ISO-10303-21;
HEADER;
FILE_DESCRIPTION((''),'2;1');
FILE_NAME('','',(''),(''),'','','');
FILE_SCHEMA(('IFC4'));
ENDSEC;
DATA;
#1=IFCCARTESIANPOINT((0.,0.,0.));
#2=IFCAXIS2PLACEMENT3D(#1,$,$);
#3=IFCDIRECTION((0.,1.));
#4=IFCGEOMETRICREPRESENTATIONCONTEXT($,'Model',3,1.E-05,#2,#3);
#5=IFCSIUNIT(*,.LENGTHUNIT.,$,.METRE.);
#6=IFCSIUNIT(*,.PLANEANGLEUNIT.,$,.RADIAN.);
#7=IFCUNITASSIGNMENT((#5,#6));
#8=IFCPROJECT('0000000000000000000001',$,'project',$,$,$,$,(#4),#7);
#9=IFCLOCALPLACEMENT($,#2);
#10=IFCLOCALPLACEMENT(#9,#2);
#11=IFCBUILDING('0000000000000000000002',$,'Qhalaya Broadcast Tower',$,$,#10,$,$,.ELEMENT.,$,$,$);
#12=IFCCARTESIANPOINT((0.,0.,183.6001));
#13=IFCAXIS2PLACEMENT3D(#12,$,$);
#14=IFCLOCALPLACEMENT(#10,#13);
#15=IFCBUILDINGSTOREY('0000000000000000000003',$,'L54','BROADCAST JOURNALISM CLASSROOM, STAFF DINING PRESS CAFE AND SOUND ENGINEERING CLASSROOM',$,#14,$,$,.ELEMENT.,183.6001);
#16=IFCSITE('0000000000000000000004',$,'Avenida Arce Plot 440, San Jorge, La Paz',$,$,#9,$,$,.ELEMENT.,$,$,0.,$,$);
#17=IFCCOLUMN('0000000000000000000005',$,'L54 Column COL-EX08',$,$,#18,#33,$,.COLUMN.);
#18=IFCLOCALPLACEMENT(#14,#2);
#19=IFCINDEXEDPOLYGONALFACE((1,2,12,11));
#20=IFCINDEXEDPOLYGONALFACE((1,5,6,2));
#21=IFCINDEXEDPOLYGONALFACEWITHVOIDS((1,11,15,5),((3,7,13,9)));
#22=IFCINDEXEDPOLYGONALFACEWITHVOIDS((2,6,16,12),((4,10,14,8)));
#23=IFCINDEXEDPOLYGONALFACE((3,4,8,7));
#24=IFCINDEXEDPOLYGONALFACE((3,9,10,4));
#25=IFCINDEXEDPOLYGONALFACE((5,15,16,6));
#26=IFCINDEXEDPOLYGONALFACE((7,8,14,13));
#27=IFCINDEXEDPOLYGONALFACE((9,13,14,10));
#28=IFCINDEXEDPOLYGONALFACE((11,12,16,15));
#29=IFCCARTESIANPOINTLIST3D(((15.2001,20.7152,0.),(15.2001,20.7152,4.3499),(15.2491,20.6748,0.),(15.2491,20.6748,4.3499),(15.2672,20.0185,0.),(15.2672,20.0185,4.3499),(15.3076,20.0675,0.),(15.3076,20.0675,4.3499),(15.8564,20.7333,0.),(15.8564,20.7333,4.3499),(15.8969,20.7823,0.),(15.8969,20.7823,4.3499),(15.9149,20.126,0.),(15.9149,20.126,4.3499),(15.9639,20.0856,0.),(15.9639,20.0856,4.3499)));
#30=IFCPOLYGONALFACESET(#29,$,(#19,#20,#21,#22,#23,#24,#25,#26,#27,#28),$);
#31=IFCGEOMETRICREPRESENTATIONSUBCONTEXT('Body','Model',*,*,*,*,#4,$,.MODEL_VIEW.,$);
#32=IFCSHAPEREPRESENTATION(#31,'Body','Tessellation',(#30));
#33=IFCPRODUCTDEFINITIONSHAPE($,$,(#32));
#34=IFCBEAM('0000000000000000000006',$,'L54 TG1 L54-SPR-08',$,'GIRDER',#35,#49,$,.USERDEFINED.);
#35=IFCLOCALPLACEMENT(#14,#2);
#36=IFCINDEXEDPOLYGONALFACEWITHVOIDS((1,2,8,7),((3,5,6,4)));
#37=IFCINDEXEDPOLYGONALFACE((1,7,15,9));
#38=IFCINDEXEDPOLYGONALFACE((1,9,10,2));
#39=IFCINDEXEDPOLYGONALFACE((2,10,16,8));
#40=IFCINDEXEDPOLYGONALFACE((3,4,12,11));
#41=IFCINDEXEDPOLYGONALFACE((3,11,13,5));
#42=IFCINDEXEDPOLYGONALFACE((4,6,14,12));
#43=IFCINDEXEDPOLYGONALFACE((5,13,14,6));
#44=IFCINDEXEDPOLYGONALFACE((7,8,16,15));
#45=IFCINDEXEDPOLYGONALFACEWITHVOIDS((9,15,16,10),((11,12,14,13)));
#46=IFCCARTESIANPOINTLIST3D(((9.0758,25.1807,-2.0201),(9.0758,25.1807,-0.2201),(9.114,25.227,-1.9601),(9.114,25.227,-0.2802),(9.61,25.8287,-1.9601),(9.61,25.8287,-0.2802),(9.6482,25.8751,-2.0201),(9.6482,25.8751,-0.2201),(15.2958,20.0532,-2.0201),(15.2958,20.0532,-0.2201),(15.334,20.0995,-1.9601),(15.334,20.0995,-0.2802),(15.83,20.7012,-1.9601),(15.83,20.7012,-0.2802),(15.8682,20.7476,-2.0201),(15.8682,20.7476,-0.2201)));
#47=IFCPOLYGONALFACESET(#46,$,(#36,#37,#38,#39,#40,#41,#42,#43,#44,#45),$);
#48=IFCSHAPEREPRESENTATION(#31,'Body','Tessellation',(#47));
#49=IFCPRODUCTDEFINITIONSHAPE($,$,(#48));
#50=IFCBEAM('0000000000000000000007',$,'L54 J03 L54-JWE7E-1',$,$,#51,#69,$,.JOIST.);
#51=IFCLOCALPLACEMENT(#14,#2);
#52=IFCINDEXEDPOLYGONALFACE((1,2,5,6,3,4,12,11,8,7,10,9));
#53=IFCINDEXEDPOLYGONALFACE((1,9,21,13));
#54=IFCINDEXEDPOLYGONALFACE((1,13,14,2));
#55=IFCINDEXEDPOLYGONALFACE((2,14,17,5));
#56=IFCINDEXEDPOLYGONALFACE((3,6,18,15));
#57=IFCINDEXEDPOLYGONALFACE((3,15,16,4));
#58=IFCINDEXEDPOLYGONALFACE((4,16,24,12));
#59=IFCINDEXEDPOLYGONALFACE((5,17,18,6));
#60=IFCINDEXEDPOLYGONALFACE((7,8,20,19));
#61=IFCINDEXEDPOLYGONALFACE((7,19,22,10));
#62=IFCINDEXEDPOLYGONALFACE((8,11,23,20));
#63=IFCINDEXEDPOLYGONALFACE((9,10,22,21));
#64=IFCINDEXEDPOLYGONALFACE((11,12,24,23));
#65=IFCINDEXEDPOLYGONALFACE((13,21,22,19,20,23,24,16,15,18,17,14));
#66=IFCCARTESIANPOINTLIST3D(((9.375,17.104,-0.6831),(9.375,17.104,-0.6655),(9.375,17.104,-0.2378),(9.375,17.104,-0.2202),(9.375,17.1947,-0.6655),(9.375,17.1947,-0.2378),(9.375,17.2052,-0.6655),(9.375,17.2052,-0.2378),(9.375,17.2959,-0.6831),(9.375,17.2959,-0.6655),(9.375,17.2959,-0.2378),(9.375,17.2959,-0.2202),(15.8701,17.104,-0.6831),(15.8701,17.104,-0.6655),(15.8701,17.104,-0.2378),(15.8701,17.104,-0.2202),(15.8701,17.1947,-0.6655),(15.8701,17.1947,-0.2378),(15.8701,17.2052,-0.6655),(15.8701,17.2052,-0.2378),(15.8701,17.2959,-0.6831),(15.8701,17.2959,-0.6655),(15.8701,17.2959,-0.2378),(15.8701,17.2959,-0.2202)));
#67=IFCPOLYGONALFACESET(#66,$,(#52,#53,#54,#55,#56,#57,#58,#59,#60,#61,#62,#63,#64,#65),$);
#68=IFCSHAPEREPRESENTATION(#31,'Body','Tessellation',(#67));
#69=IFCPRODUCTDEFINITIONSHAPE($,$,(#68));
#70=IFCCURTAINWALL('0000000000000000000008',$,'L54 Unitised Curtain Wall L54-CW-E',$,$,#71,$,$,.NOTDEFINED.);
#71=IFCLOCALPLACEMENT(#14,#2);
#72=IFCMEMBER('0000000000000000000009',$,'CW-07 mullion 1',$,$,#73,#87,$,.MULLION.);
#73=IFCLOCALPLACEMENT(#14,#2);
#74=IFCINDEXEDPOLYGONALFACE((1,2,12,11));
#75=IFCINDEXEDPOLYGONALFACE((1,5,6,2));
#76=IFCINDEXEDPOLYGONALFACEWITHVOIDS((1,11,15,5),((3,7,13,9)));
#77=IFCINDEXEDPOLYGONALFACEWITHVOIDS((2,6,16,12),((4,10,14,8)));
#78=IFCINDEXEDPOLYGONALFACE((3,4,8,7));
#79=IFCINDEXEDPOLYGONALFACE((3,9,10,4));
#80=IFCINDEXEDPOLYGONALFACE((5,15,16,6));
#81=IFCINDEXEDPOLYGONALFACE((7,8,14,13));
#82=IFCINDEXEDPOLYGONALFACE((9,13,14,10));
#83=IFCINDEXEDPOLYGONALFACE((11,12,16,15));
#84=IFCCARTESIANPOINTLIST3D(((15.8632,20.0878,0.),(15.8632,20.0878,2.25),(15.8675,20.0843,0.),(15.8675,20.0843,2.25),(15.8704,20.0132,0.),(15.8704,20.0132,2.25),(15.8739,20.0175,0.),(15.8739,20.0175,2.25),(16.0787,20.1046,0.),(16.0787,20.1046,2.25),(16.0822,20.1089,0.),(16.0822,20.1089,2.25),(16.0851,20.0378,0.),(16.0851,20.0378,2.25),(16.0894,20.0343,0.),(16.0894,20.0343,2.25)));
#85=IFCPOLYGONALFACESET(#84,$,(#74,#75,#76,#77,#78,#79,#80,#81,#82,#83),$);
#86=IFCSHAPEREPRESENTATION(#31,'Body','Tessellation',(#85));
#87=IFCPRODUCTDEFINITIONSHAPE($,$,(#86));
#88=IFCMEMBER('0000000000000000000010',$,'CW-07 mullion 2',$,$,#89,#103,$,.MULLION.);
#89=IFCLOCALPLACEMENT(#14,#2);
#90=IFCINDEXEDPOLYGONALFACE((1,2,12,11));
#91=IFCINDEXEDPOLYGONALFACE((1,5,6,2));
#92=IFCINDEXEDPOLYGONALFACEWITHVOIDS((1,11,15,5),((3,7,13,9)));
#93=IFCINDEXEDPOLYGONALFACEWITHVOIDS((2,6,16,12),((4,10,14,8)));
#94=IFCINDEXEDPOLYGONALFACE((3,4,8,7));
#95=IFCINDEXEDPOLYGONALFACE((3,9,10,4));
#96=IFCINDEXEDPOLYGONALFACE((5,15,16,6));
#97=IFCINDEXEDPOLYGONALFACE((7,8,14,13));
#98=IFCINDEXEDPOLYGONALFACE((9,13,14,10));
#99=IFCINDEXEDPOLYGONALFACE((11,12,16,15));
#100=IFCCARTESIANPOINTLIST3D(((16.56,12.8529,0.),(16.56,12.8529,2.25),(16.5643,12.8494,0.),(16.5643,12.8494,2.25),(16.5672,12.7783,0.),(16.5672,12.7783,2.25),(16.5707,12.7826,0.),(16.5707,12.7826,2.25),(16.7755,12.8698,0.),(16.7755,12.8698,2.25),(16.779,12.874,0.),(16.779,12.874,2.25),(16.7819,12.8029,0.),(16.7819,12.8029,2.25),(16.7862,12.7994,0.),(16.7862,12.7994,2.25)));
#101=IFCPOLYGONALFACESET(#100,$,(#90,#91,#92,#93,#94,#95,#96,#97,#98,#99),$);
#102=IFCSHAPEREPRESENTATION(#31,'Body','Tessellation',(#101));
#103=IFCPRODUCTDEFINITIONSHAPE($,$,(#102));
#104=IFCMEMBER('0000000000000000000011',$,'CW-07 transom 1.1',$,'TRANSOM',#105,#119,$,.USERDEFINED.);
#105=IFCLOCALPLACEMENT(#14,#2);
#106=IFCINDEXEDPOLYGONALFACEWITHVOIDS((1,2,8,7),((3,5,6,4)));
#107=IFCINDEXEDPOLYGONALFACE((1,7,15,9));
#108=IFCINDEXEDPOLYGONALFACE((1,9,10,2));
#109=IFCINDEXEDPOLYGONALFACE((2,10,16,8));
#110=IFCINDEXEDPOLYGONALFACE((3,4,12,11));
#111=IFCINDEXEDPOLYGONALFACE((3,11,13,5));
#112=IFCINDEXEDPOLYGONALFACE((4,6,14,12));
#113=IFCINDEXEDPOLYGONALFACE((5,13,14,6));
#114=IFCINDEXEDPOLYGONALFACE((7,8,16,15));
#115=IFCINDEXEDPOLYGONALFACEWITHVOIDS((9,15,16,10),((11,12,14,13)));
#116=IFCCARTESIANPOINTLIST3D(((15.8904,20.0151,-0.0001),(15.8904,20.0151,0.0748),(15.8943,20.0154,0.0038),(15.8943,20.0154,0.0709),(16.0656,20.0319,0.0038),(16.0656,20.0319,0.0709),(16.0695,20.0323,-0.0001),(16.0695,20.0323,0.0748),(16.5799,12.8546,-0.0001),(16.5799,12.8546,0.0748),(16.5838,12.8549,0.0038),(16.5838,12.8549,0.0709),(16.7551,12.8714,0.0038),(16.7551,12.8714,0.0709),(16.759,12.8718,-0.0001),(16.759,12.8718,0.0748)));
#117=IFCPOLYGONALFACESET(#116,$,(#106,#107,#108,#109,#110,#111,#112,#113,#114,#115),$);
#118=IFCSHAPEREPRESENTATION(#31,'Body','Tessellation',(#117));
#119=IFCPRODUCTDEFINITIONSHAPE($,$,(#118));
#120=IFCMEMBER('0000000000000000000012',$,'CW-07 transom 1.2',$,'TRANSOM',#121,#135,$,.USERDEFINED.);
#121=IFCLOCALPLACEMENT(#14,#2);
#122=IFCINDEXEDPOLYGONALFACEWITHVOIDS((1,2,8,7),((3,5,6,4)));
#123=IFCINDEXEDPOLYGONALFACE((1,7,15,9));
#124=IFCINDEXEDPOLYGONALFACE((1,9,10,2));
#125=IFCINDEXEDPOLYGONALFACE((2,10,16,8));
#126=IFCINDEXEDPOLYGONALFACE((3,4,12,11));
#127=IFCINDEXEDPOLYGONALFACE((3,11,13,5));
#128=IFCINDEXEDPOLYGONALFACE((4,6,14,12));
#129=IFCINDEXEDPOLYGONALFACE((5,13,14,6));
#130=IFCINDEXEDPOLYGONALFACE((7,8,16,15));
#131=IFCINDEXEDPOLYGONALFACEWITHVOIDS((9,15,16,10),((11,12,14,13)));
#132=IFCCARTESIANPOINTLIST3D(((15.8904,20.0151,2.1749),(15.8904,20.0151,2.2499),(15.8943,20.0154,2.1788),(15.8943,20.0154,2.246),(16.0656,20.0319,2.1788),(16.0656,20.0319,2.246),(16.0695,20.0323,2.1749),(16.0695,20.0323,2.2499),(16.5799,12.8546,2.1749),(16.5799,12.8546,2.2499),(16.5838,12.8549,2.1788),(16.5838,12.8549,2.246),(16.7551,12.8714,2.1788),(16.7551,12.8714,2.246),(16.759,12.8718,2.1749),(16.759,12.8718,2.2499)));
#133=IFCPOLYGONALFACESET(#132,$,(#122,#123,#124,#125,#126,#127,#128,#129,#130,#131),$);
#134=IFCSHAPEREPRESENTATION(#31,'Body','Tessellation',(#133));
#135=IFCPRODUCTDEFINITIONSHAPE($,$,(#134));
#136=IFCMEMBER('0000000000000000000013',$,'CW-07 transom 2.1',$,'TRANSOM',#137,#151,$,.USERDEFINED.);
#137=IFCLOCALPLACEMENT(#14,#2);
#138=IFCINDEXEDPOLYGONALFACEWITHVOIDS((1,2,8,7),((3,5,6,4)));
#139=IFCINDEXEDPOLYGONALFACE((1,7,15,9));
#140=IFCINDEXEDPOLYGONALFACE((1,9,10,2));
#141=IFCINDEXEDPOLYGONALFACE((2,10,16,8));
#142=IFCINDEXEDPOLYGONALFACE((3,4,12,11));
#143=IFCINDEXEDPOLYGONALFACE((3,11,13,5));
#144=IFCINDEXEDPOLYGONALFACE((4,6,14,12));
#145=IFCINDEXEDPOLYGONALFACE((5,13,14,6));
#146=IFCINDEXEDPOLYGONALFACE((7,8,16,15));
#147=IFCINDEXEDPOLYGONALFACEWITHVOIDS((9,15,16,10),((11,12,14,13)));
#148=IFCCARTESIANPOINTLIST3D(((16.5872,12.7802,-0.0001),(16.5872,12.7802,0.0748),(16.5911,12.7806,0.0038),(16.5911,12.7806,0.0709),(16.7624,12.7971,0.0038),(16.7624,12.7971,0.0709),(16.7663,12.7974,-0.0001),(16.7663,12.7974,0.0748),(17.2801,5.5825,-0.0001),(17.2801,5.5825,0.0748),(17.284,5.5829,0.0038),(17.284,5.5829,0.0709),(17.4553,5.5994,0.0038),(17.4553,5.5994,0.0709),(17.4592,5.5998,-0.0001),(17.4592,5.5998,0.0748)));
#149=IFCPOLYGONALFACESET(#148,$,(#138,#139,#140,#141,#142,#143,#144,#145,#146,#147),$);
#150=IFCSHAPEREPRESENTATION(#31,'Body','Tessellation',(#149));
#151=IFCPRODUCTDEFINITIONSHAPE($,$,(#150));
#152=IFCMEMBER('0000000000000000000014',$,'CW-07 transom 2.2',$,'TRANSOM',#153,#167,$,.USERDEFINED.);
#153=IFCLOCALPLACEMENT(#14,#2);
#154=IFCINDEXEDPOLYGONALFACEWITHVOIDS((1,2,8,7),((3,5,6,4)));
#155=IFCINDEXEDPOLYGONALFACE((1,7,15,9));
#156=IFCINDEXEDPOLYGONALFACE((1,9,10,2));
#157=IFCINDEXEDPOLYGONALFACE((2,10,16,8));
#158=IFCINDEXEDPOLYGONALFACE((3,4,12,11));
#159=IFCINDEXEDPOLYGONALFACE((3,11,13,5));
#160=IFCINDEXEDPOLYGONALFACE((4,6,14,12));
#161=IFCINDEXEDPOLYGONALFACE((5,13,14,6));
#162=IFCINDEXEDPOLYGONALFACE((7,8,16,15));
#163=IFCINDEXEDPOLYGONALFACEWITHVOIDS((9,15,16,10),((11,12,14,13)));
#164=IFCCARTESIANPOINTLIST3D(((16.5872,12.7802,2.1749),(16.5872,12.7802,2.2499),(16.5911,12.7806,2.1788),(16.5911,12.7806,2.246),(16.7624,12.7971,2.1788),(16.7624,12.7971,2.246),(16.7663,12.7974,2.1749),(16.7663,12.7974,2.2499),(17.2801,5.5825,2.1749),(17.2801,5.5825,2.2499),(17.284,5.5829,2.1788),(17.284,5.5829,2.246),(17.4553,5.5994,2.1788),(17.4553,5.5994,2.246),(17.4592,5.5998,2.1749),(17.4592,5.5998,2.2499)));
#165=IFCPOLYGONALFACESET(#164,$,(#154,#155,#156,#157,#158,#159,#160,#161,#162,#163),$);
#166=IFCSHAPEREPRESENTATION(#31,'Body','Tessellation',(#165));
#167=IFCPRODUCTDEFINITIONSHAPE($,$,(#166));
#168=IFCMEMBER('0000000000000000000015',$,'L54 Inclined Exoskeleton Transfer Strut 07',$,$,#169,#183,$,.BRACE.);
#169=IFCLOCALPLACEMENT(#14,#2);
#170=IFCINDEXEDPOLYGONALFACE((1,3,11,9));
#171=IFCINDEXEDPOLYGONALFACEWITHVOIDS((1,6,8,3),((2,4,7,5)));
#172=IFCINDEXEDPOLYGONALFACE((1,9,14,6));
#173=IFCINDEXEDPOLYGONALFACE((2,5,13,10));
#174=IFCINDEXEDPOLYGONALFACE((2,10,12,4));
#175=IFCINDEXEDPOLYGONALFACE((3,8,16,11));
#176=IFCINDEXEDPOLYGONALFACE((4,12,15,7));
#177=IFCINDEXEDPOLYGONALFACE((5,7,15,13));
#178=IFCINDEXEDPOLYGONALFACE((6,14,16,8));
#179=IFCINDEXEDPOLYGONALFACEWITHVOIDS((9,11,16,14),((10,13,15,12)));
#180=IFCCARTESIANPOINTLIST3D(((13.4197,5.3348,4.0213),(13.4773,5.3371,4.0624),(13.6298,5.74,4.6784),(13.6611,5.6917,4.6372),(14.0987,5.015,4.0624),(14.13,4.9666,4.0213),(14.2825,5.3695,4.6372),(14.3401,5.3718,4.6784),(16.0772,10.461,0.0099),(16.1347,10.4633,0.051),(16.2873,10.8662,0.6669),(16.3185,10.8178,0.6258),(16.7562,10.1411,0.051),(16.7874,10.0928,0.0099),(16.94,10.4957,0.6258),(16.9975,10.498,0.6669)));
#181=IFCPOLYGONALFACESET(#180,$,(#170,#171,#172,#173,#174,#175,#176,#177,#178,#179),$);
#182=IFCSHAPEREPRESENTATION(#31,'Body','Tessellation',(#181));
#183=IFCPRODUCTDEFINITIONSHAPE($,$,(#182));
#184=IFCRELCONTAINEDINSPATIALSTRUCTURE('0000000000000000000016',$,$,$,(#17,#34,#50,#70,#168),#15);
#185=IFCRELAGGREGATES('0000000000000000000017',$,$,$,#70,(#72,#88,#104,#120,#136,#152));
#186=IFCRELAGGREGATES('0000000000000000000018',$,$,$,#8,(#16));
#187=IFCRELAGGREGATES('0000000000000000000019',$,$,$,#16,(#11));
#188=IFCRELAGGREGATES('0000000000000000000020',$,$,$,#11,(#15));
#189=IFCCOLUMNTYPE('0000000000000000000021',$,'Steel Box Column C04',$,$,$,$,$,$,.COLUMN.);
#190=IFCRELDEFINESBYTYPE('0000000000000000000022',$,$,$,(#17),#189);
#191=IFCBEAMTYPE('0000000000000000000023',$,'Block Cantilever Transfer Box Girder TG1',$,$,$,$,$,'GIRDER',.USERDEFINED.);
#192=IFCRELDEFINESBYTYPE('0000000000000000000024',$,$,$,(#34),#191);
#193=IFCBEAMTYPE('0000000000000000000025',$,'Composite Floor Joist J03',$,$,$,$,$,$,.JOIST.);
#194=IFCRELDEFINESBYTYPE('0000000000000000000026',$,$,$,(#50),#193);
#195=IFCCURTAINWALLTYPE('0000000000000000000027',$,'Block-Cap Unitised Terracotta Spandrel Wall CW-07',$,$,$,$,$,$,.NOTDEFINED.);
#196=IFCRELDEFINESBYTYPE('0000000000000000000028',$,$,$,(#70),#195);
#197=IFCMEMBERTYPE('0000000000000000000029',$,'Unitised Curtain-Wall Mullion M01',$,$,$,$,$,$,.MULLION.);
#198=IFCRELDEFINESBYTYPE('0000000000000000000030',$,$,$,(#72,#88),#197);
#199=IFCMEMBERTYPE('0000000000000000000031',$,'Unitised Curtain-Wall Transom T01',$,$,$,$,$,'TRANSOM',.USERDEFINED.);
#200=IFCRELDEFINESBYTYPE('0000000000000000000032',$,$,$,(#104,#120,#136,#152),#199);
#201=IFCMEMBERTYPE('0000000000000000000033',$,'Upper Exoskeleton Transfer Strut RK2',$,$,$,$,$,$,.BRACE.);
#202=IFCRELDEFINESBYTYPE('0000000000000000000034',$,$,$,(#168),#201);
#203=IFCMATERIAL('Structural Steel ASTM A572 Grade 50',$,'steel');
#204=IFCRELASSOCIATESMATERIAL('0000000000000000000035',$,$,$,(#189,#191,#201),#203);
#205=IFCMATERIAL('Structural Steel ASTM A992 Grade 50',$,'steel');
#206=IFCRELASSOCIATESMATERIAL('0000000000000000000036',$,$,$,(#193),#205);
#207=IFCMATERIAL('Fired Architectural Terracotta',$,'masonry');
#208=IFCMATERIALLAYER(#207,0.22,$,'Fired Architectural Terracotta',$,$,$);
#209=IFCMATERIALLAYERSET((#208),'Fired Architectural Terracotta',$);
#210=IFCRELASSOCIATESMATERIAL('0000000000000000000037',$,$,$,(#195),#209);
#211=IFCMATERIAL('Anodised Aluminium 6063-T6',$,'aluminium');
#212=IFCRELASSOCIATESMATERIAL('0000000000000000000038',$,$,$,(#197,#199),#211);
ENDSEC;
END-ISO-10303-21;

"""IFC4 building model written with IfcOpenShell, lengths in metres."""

from ifc_helpers import new_model, si_unit, direction, frame, origin, origin_2d, place, context, subcontext, project, spatial, hollow_rectangle, i_section, extrude, material, layer, layer_set, material_profile, profile_set, type_object, element, aggregate, save


model = new_model("IFC4")

# Units and contexts
model_context = context("Model", 3, precision=1e-05, world=origin(), true_north=direction((0.0, 1.0)))
body_context = subcontext(model_context, "Body", "Model", "MODEL_VIEW")
ifc_project = project(units=[si_unit("LENGTHUNIT", "METRE"), si_unit("PLANEANGLEUNIT", "RADIAN")], contexts=[model_context])

# Site, building, storey
site_placement = place(None, origin())
site = spatial("IfcSite", under=ifc_project, at=site_placement, Name="Avenida Arce Plot 440, San Jorge, La Paz", CompositionType="ELEMENT", RefElevation=0.0)
building_placement = place(site_placement, origin())
building = spatial("IfcBuilding", under=site, at=building_placement, Name="Qhalaya Broadcast Tower", CompositionType="ELEMENT")
storey_placement = place(building_placement, frame((0.0, 0.0, 183.6001)))
storey = spatial("IfcBuildingStorey", under=building, at=storey_placement, Name="L54", Description="BROADCAST JOURNALISM CLASSROOM, STAFF DINING PRESS CAFE AND SOUND ENGINEERING CLASSROOM", CompositionType="ELEMENT", Elevation=183.6001)

# Column
ifc_material_1 = material(Name="Structural Steel ASTM A572 Grade 50", Category="steel")
ifc_material_profile_1 = material_profile(ifc_material_1, hollow_rectangle(XDim=0.7, YDim=0.7, WallThickness=0.0449, at=origin_2d()), Name="BOX 700x700x45")
ifc_profile_set_1 = profile_set([ifc_material_profile_1], Name="Structural Steel ASTM A572 Grade 50")
column_type = type_object("IfcColumnType", Name="Steel Box Column C04", PredefinedType="COLUMN", material=ifc_profile_set_1)
column_placement = place(storey_placement, frame((15.582, 20.4004, 0.0), z_axis=(0.0, 0.0, 1.0), x_axis=(-0.095846, 0.995396, 0.0)))
element("IfcColumn", 1, at=column_placement, inside=storey, type_object=column_type, Name="L54 Column COL-EX08", PredefinedType="COLUMN", context=body_context, shape_type="SweptSolid", body=[
    extrude(hollow_rectangle(XDim=0.7, YDim=0.7, WallThickness=0.0449, at=origin_2d()), origin(), (0.0, 0.0, 1.0), 4.3499),
])

# Beams
ifc_material_profile_2 = material_profile(ifc_material_1, hollow_rectangle(XDim=0.8999, YDim=1.8, WallThickness=0.0601, at=origin_2d()), Name="BOX 900x1800x60")
ifc_profile_set_2 = profile_set([ifc_material_profile_2], Name="Structural Steel ASTM A572 Grade 50")
beam_type_1 = type_object("IfcBeamType", Name="Block Cantilever Transfer Box Girder TG1", ElementType="GIRDER", PredefinedType="USERDEFINED", material=ifc_profile_set_2)
beam_1_placement = place(storey_placement, frame((15.582, 20.4004, -1.1201), z_axis=(-0.771619, 0.636085, 0.0), x_axis=(-0.636085, -0.771619, 0.0)))
element("IfcBeam", 2, at=beam_1_placement, inside=storey, type_object=beam_type_1, Name="L54 TG1 L54-SPR-08", ObjectType="GIRDER", PredefinedType="USERDEFINED", context=body_context, shape_type="SweptSolid", body=[
    extrude(hollow_rectangle(XDim=0.8999, YDim=1.8, WallThickness=0.0601, at=origin_2d()), origin(), (0.0, 0.0, 1.0), 8.061),
])
ifc_material_2 = material(Name="Structural Steel ASTM A992 Grade 50", Category="steel")
ifc_material_profile_3 = material_profile(ifc_material_2, i_section(OverallWidth=0.1919, OverallDepth=0.4629, WebThickness=0.0105, FlangeThickness=0.0176, at=origin_2d()), Name="W18X60")
ifc_profile_set_3 = profile_set([ifc_material_profile_3], Name="Structural Steel ASTM A992 Grade 50")
beam_type_2 = type_object("IfcBeamType", Name="Composite Floor Joist J03", PredefinedType="JOIST", material=ifc_profile_set_3)
beam_2_placement = place(storey_placement, frame((9.375, 17.2, -0.4517), z_axis=(1.0, 0.0, 0.0), x_axis=(0.0, 1.0, 0.0)))
element("IfcBeam", 3, at=beam_2_placement, inside=storey, type_object=beam_type_2, Name="L54 J03 L54-JWE7E-1", PredefinedType="JOIST", context=body_context, shape_type="SweptSolid", body=[
    extrude(i_section(OverallWidth=0.1919, OverallDepth=0.4629, WebThickness=0.0105, FlangeThickness=0.0176, at=origin_2d()), origin(), (0.0, 0.0, 1.0), 6.4951),
])

# Curtain wall, members
ifc_material_3 = material(Name="Fired Architectural Terracotta", Category="masonry")
ifc_layer_1 = layer(ifc_material_3, 0.22, Name="Fired Architectural Terracotta")
ifc_layer_set_1 = layer_set([ifc_layer_1], Name="Fired Architectural Terracotta")
curtain_wall_type = type_object("IfcCurtainWallType", Name="Block-Cap Unitised Terracotta Spandrel Wall CW-07", PredefinedType="NOTDEFINED", material=ifc_layer_set_1)
curtain_wall_placement = place(storey_placement, origin())
curtain_wall = element("IfcCurtainWall", 4, at=curtain_wall_placement, inside=storey, type_object=curtain_wall_type, Name="L54 Unitised Curtain Wall L54-CW-E", PredefinedType="NOTDEFINED")
ifc_material_4 = material(Name="Anodised Aluminium 6063-T6", Category="aluminium")
ifc_material_profile_4 = material_profile(ifc_material_4, hollow_rectangle(XDim=0.075, YDim=0.22, WallThickness=0.0039, at=origin_2d()), Name="ALU-MUL 75x220x4")
ifc_profile_set_4 = profile_set([ifc_material_profile_4], Name="Anodised Aluminium 6063-T6")
member_type_1 = type_object("IfcMemberType", Name="Unitised Curtain-Wall Mullion M01", PredefinedType="MULLION", material=ifc_profile_set_4)
member_1_placement = place(storey_placement, frame((15.9763, 20.061, 0.0), z_axis=(0.0, 0.0, 1.0), x_axis=(0.095846, -0.995396, 0.0)))
member_1 = element("IfcMember", 5, at=member_1_placement, type_object=member_type_1, Name="CW-07 mullion 1", PredefinedType="MULLION", context=body_context, shape_type="SweptSolid", body=[
    extrude(hollow_rectangle(XDim=0.075, YDim=0.22, WallThickness=0.0039, at=origin_2d()), origin(), (0.0, 0.0, 1.0), 2.25),
])
member_2_placement = place(storey_placement, frame((16.6731, 12.8262, 0.0), z_axis=(0.0, 0.0, 1.0), x_axis=(0.095846, -0.995396, 0.0)))
member_2 = element("IfcMember", 6, at=member_2_placement, type_object=member_type_1, Name="CW-07 mullion 2", PredefinedType="MULLION", context=body_context, shape_type="SweptSolid", body=[
    extrude(hollow_rectangle(XDim=0.075, YDim=0.22, WallThickness=0.0039, at=origin_2d()), origin(), (0.0, 0.0, 1.0), 2.25),
])
ifc_material_profile_5 = material_profile(ifc_material_4, hollow_rectangle(XDim=0.075, YDim=0.1799, WallThickness=0.0039, at=origin_2d()), Name="ALU-TRN 75x180x4")
ifc_profile_set_5 = profile_set([ifc_material_profile_5], Name="Anodised Aluminium 6063-T6")
member_type_2 = type_object("IfcMemberType", Name="Unitised Curtain-Wall Transom T01", ElementType="TRANSOM", PredefinedType="USERDEFINED", material=ifc_profile_set_5)
member_3_placement = place(storey_placement, frame((15.98, 20.0237, 0.0374), z_axis=(0.095844, -0.995396, 0.0), x_axis=(0.0, 0.0, 1.0)))
member_3 = element("IfcMember", 7, at=member_3_placement, type_object=member_type_2, Name="CW-07 transom 1.1", ObjectType="TRANSOM", PredefinedType="USERDEFINED", context=body_context, shape_type="SweptSolid", body=[
    extrude(hollow_rectangle(XDim=0.075, YDim=0.1799, WallThickness=0.0039, at=origin_2d()), origin(), (0.0, 0.0, 1.0), 7.1936),
])
member_4_placement = place(storey_placement, frame((15.98, 20.0237, 2.2124), z_axis=(0.095844, -0.995396, 0.0), x_axis=(0.0, 0.0, 1.0)))
member_4 = element("IfcMember", 8, at=member_4_placement, type_object=member_type_2, Name="CW-07 transom 1.2", ObjectType="TRANSOM", PredefinedType="USERDEFINED", context=body_context, shape_type="SweptSolid", body=[
    extrude(hollow_rectangle(XDim=0.075, YDim=0.1799, WallThickness=0.0039, at=origin_2d()), origin(), (0.0, 0.0, 1.0), 7.1936),
])
member_5_placement = place(storey_placement, frame((16.6768, 12.7888, 0.0374), z_axis=(0.095819, -0.995399, 0.0), x_axis=(0.0, 0.0, 1.0)))
member_5 = element("IfcMember", 9, at=member_5_placement, type_object=member_type_2, Name="CW-07 transom 2.1", ObjectType="TRANSOM", PredefinedType="USERDEFINED", context=body_context, shape_type="SweptSolid", body=[
    extrude(hollow_rectangle(XDim=0.075, YDim=0.1799, WallThickness=0.0039, at=origin_2d()), origin(), (0.0, 0.0, 1.0), 7.231),
])
member_6_placement = place(storey_placement, frame((16.6768, 12.7888, 2.2124), z_axis=(0.095819, -0.995399, 0.0), x_axis=(0.0, 0.0, 1.0)))
member_6 = element("IfcMember", 10, at=member_6_placement, type_object=member_type_2, Name="CW-07 transom 2.2", ObjectType="TRANSOM", PredefinedType="USERDEFINED", context=body_context, shape_type="SweptSolid", body=[
    extrude(hollow_rectangle(XDim=0.075, YDim=0.1799, WallThickness=0.0039, at=origin_2d()), origin(), (0.0, 0.0, 1.0), 7.231),
])

# Member
ifc_material_profile_6 = material_profile(ifc_material_1, hollow_rectangle(XDim=0.8, YDim=0.8, WallThickness=0.05, at=origin_2d()), Name="BOX 800x800x50")
ifc_profile_set_6 = profile_set([ifc_material_profile_6], Name="Structural Steel ASTM A572 Grade 50")
member_type_3 = type_object("IfcMemberType", Name="Upper Exoskeleton Transfer Strut RK2", PredefinedType="BRACE", material=ifc_profile_set_6)
member_7_placement = place(storey_placement, frame((16.5374, 10.4795, 0.3384), z_axis=(-0.377975, -0.729109, 0.570557), x_axis=(0.887795, -0.460239, 0.0)))
element("IfcMember", 11, at=member_7_placement, inside=storey, type_object=member_type_3, Name="L54 Inclined Exoskeleton Transfer Strut 07", PredefinedType="BRACE", context=body_context, shape_type="SweptSolid", body=[
    extrude(hollow_rectangle(XDim=0.8, YDim=0.8, WallThickness=0.05, at=origin_2d()), origin(), (0.0, 0.0, 1.0), 7.0308),
])

aggregate(curtain_wall, [member_1, member_2, member_3, member_4, member_5, member_6])

save(model, "model.ifc")
